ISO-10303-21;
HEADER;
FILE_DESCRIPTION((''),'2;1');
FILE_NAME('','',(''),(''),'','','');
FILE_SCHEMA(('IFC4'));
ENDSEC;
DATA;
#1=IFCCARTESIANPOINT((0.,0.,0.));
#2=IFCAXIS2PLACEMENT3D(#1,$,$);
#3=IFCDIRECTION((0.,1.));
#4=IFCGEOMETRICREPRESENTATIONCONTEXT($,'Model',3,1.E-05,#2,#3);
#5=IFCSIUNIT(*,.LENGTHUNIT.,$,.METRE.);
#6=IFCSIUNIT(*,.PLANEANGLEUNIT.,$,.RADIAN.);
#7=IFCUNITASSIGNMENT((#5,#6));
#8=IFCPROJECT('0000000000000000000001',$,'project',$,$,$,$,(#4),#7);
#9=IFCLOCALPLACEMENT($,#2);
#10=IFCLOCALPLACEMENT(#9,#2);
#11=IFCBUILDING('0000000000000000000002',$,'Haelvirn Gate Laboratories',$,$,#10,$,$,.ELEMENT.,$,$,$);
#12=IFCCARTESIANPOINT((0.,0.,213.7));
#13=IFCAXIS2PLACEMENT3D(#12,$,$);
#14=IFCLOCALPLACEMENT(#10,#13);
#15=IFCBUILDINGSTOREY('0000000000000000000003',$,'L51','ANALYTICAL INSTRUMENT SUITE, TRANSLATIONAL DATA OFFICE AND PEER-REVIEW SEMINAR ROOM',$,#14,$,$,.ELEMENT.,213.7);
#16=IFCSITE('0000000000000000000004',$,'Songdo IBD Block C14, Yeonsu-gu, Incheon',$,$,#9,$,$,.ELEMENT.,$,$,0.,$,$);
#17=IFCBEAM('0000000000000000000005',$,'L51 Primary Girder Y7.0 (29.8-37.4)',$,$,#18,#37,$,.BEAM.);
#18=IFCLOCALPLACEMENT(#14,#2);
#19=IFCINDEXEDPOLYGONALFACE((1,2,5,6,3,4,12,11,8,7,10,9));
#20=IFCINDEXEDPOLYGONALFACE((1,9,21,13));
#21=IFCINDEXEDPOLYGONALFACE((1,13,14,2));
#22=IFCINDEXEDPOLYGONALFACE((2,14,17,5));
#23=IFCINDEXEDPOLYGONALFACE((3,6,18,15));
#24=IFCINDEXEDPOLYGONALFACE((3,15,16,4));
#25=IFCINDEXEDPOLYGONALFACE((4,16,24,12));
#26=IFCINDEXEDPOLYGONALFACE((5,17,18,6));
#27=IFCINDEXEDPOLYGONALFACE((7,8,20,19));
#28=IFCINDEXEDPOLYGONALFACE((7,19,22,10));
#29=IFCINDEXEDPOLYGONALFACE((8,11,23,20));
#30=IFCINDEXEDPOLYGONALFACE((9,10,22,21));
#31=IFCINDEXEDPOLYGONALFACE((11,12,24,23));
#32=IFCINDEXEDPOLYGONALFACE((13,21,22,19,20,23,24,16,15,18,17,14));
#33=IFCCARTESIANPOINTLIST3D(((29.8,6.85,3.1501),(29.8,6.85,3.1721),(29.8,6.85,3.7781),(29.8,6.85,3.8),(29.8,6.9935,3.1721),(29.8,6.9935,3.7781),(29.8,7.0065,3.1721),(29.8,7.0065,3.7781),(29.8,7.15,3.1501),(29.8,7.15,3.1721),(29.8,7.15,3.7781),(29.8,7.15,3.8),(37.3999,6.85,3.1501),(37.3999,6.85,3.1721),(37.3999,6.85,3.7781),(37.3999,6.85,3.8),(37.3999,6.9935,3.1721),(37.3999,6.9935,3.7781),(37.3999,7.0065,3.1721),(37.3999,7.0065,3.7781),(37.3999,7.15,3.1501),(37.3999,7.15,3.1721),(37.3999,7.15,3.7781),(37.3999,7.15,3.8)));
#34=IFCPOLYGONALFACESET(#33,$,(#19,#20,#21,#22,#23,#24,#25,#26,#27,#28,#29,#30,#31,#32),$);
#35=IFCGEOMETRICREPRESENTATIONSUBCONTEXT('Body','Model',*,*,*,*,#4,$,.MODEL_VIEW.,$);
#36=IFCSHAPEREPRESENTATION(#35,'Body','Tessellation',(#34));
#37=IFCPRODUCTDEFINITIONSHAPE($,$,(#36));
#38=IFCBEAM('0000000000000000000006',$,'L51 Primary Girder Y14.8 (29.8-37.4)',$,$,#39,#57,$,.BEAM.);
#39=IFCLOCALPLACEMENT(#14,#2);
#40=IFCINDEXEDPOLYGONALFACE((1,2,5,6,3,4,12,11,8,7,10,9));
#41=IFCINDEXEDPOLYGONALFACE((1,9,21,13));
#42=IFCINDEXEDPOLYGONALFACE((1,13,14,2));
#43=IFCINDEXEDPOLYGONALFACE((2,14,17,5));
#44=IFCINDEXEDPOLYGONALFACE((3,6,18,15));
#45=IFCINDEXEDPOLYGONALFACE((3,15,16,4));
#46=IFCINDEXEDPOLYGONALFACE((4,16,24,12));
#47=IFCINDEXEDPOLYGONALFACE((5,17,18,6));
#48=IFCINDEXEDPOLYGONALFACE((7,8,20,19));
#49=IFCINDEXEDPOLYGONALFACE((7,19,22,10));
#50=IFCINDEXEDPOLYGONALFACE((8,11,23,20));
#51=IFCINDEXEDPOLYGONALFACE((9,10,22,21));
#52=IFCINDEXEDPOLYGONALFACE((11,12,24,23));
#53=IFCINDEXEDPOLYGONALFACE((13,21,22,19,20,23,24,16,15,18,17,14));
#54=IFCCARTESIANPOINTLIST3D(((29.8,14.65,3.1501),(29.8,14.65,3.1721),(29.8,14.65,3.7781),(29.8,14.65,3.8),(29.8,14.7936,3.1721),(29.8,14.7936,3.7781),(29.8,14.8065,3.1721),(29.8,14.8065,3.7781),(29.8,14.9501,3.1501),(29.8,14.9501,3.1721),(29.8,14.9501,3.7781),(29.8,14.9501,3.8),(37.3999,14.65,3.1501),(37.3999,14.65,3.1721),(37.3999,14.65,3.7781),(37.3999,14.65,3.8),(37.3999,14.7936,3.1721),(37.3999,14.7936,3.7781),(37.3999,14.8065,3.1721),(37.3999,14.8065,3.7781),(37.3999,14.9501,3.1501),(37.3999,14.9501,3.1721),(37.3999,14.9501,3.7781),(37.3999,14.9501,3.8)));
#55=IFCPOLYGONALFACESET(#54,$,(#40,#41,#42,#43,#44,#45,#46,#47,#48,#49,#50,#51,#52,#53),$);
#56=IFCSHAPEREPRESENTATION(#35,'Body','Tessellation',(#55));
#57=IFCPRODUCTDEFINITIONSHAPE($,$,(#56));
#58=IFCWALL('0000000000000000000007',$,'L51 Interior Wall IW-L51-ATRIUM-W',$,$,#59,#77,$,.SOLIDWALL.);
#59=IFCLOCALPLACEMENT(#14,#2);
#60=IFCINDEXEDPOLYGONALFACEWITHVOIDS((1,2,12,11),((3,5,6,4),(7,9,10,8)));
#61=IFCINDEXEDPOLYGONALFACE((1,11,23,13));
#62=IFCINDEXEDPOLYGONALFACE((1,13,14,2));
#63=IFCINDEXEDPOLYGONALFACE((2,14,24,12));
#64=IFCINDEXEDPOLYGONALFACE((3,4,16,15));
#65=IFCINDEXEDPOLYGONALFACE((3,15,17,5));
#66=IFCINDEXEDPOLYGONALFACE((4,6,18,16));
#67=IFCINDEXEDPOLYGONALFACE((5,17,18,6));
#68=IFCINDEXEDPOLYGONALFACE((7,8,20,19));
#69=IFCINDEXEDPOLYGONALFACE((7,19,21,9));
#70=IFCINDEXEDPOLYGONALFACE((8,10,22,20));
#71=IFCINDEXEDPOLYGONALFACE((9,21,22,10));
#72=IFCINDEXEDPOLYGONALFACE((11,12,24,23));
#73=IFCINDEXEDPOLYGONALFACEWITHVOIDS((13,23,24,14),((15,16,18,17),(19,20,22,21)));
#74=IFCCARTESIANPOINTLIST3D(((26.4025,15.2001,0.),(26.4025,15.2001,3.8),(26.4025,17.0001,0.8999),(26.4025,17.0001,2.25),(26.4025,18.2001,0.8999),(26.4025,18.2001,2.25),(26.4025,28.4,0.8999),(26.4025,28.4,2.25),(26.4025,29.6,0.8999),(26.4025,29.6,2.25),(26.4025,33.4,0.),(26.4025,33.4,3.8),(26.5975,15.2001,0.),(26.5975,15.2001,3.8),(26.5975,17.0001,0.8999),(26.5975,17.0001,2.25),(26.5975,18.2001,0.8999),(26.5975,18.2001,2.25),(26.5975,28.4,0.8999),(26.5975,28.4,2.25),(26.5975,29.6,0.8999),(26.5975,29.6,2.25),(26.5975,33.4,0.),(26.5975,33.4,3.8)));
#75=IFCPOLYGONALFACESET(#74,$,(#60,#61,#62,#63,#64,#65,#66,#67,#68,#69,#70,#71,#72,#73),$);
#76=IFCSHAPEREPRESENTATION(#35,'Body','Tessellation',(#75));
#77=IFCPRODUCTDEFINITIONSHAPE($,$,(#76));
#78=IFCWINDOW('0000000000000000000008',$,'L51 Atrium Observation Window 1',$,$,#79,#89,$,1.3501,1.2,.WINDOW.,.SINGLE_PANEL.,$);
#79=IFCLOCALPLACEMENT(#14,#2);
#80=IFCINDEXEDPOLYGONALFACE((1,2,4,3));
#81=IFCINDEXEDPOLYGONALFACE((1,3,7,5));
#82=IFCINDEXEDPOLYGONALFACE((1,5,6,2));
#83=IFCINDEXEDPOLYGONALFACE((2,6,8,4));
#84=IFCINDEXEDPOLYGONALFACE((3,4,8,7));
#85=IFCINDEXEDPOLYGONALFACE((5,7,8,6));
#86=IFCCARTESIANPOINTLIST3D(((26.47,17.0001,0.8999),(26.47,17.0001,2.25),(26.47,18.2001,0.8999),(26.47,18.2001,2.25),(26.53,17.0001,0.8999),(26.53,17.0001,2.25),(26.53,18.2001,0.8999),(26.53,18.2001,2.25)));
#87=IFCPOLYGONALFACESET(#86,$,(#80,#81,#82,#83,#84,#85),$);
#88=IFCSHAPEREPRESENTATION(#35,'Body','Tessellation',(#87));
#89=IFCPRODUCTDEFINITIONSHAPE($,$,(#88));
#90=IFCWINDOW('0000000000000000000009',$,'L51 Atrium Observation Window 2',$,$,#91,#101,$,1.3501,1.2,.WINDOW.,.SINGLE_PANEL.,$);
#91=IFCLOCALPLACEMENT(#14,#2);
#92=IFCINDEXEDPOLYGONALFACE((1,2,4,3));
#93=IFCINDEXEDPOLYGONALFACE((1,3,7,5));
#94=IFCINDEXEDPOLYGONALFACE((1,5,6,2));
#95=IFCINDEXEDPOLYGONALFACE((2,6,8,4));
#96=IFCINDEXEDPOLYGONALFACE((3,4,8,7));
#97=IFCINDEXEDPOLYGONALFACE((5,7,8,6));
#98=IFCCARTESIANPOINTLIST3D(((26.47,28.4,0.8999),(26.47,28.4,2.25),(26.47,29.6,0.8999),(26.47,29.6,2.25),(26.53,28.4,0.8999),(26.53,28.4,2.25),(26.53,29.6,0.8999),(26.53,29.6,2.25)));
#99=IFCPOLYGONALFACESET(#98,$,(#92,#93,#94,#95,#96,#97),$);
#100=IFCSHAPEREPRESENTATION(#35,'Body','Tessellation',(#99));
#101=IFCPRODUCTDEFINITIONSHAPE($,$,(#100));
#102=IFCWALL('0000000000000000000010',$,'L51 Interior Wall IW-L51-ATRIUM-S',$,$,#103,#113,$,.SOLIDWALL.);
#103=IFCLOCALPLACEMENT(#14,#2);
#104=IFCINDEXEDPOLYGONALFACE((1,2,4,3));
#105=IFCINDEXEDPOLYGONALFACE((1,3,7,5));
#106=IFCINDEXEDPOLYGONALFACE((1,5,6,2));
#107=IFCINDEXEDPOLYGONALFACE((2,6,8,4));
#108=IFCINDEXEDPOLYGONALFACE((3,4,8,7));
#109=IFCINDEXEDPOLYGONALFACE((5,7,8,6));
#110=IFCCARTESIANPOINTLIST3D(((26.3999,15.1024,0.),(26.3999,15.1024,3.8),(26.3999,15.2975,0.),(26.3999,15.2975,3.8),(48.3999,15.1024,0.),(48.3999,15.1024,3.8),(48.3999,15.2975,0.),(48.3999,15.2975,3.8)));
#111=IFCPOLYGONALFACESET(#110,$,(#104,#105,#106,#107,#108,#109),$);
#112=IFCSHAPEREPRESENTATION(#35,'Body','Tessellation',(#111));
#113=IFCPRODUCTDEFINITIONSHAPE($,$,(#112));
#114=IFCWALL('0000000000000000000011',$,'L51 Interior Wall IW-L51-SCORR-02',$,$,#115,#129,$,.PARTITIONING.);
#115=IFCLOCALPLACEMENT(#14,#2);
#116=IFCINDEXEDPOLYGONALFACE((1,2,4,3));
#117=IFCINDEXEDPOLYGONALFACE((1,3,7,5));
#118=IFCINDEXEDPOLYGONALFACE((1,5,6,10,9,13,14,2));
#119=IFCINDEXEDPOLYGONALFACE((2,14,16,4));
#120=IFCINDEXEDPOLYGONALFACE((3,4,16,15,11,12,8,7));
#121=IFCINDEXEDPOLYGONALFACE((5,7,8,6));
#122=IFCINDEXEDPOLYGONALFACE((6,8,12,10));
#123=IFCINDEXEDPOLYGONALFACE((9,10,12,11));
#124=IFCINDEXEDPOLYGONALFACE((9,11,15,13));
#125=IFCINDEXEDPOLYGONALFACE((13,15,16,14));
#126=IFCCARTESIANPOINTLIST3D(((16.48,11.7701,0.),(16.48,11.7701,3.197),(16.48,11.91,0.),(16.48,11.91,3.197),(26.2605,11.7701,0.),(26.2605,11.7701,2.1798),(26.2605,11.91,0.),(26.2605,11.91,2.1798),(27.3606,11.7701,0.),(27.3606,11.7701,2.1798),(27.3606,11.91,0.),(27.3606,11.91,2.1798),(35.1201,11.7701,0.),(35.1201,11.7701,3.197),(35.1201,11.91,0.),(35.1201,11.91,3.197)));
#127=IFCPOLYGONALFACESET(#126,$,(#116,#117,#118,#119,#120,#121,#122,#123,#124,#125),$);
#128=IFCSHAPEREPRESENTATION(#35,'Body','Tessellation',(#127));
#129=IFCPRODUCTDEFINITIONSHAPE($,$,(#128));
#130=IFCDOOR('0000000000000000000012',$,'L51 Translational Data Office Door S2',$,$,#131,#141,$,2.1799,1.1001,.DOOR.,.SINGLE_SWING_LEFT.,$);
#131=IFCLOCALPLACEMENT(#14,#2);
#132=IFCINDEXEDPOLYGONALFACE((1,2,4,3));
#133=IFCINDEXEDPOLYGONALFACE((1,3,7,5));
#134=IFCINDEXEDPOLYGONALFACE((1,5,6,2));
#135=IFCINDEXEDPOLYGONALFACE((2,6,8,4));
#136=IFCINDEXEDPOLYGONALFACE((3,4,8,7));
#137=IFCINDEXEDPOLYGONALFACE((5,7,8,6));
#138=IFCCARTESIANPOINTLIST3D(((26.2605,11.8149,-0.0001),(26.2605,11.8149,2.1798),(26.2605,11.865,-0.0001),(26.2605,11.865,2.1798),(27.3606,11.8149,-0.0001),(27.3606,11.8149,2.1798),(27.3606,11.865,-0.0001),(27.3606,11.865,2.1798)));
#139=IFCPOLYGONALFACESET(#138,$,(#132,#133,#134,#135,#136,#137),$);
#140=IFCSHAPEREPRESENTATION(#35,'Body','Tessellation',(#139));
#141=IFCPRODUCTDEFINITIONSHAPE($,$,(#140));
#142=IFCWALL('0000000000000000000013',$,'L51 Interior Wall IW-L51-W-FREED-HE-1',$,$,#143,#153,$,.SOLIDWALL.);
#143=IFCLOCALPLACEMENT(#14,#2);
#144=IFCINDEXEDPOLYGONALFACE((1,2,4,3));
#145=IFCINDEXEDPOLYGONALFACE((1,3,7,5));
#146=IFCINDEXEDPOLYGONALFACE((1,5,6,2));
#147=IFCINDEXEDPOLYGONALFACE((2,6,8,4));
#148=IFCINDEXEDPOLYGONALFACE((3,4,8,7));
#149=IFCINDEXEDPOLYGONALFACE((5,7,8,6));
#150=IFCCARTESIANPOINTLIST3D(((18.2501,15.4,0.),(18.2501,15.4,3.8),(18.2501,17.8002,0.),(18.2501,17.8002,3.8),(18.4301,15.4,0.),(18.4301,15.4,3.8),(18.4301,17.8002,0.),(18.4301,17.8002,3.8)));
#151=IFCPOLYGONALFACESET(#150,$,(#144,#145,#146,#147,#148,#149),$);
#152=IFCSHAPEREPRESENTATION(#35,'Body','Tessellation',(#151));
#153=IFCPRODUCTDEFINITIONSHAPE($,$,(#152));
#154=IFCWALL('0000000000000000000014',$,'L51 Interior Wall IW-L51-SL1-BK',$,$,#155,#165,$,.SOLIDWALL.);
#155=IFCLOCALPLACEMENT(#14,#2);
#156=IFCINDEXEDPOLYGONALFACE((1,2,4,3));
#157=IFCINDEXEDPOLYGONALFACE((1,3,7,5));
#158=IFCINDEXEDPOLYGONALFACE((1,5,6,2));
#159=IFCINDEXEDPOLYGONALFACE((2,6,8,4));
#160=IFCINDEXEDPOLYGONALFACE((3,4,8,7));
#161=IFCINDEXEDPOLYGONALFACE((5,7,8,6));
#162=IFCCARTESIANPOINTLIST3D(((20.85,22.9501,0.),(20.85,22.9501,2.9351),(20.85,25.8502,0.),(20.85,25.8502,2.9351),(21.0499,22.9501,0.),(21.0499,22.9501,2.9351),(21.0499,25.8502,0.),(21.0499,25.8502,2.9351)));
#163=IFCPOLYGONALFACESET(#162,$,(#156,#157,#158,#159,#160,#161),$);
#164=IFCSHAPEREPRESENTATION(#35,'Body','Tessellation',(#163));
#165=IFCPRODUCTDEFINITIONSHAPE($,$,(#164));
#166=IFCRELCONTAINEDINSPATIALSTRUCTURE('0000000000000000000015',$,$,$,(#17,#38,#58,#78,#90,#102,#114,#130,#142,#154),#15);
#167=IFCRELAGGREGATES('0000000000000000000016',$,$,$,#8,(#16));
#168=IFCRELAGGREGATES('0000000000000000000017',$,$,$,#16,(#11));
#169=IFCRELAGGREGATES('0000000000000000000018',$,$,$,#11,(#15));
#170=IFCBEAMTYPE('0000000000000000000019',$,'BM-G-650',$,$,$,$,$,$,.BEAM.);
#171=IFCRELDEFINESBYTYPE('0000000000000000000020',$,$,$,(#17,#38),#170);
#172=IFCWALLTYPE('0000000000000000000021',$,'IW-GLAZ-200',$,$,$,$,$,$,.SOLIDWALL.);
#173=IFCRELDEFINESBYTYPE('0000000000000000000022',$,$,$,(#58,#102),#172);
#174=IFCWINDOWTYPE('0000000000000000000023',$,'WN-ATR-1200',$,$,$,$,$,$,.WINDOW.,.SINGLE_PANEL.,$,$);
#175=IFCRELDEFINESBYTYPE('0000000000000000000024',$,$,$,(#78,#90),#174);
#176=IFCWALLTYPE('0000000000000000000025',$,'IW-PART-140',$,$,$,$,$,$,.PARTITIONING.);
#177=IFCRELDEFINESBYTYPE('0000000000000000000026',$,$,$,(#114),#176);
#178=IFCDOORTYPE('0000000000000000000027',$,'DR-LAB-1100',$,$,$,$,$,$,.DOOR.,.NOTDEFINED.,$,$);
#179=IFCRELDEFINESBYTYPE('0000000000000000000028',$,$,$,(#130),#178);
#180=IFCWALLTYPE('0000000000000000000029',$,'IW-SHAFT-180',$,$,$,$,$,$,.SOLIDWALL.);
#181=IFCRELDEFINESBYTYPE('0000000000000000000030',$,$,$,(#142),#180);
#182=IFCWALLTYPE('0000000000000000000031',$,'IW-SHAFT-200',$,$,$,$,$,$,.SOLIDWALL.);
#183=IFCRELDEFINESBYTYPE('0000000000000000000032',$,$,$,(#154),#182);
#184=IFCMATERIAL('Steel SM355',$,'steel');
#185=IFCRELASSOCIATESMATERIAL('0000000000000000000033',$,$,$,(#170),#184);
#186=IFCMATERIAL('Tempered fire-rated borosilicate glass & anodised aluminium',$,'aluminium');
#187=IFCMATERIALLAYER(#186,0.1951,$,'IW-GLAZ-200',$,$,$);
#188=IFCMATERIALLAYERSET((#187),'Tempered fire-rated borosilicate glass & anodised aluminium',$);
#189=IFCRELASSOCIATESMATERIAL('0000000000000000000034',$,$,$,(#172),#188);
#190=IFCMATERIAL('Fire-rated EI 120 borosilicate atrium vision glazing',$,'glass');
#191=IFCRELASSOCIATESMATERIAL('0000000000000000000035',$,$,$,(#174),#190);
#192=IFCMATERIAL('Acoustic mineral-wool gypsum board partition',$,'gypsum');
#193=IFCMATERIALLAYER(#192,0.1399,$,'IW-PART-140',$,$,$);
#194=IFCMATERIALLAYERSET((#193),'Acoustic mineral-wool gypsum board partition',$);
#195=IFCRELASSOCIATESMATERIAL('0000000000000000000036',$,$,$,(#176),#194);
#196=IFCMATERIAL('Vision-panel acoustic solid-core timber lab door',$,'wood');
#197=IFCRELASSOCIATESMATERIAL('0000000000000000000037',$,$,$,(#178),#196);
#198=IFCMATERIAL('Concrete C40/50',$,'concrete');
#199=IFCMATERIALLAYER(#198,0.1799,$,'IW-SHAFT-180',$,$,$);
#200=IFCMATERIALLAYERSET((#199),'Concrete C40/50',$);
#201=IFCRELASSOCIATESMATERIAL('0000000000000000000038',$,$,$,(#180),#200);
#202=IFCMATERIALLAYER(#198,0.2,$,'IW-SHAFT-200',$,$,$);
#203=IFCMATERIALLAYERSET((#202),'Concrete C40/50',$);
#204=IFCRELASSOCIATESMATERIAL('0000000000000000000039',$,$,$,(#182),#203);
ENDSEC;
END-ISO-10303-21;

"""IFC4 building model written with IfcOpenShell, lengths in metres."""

from ifc_helpers import new_model, si_unit, direction, frame, frame_2d, origin, origin_2d, place, context, subcontext, project, spatial, rectangle, i_section, extrude, source, transform, mapped, material, layer, layer_set, material_profile, profile_set, type_object, type_shapes, element, fill, save


model = new_model("IFC4")

# Units and contexts
model_context = context("Model", 3, precision=1e-05, world=origin(), true_north=direction((0.0, 1.0)))
body_context = subcontext(model_context, "Body", "Model", "MODEL_VIEW")
ifc_project = project(units=[si_unit("LENGTHUNIT", "METRE"), si_unit("PLANEANGLEUNIT", "RADIAN")], contexts=[model_context])

# Site, building, storey
site_placement = place(None, origin())
site = spatial("IfcSite", under=ifc_project, at=site_placement, Name="Songdo IBD Block C14, Yeonsu-gu, Incheon", CompositionType="ELEMENT", RefElevation=0.0)
building_placement = place(site_placement, origin())
building = spatial("IfcBuilding", under=site, at=building_placement, Name="Haelvirn Gate Laboratories", CompositionType="ELEMENT")
storey_placement = place(building_placement, frame((0.0, 0.0, 213.7)))
storey = spatial("IfcBuildingStorey", under=building, at=storey_placement, Name="L51", Description="ANALYTICAL INSTRUMENT SUITE, TRANSLATIONAL DATA OFFICE AND PEER-REVIEW SEMINAR ROOM", CompositionType="ELEMENT", Elevation=213.7)

# Shared definitions
ifc_material_1 = material(Name="Steel SM355", Category="steel")

# Beams
ifc_material_profile_1 = material_profile(ifc_material_1, i_section(OverallWidth=0.3, OverallDepth=0.6499, WebThickness=0.0129, FlangeThickness=0.022, at=origin_2d()), Name="H-650x300x13x22")
ifc_profile_set_1 = profile_set([ifc_material_profile_1], Name="Steel SM355")
beam_type_1 = type_object("IfcBeamType", Name="BM-G-650", PredefinedType="BEAM", material=ifc_profile_set_1)
shared_shape_1 = source(origin(), body_context, "Body", "SweptSolid", [
    extrude(i_section(OverallWidth=0.3, OverallDepth=0.6499, WebThickness=0.0129, FlangeThickness=0.022, at=origin_2d()), origin(), (0.0, 0.0, 1.0), 7.5999),
])
for number, where, z_axis, x_axis, name in (
    (1, (29.8, 7.0, 3.4751), (1.0, 0.0, 0.0), (0.0, 1.0, 0.0), "L51 Primary Girder Y7.0 (29.8-37.4)"),
    (2, (29.8, 14.8, 3.4751), (1.0, 0.0, 0.0), (0.0, 1.0, 0.0), "L51 Primary Girder Y14.8 (29.8-37.4)"),
):
    element("IfcBeam", number, at=place(storey_placement, frame(where, z_axis=z_axis, x_axis=x_axis)), inside=storey, type_object=beam_type_1, Name=name, PredefinedType="BEAM", context=body_context, shape_type="MappedRepresentation", body=[
        mapped(shared_shape_1, transform((0.0, 0.0, 0.0), scale=1.0)),
    ])

# Wall, openings, windows
ifc_material_2 = material(Name="Tempered fire-rated borosilicate glass & anodised aluminium", Category="aluminium")
ifc_layer_1 = layer(ifc_material_2, 0.1951, Name="IW-GLAZ-200")
ifc_layer_set_1 = layer_set([ifc_layer_1], Name="Tempered fire-rated borosilicate glass & anodised aluminium")
wall_type_1 = type_object("IfcWallType", Name="IW-GLAZ-200", PredefinedType="SOLIDWALL", material=ifc_layer_set_1)
wall_1_placement = place(storey_placement, frame((26.5, 15.2, 0.0), z_axis=(0.0, 0.0, 1.0), x_axis=(0.0, 1.0, 0.0)))
wall_1 = element("IfcWall", 3, at=wall_1_placement, inside=storey, type_object=wall_type_1, Name="L51 Interior Wall IW-L51-ATRIUM-W", PredefinedType="SOLIDWALL", context=body_context, shape_type="SweptSolid", body=[
    extrude(rectangle(XDim=18.2, YDim=0.1951, at=frame_2d((9.1001, 0.0))), origin(), (0.0, 0.0, 1.0), 3.8),
])
opening_1_placement = place(wall_1_placement, frame((1.8, 0.0, 0.8999)))
opening_1 = element("IfcOpeningElement", 4, at=opening_1_placement, cuts=wall_1, PredefinedType="OPENING", context=body_context, shape_type="SweptSolid", body=[
    extrude(rectangle(XDim=1.2, YDim=1.3501, at=frame_2d((0.6001, 0.675))), frame((0.0, 0.1074, 0.0), z_axis=(0.0, -1.0, 0.0), x_axis=(1.0, 0.0, 0.0)), (0.0, 0.0, 1.0), 0.2151),
])
opening_2_placement = place(wall_1_placement, frame((13.2, 0.0, 0.8999)))
opening_2 = element("IfcOpeningElement", 5, at=opening_2_placement, cuts=wall_1, PredefinedType="OPENING", context=body_context, shape_type="SweptSolid", body=[
    extrude(rectangle(XDim=1.2, YDim=1.3501, at=frame_2d((0.6001, 0.675))), frame((0.0, 0.1074, 0.0), z_axis=(0.0, -1.0, 0.0), x_axis=(1.0, 0.0, 0.0)), (0.0, 0.0, 1.0), 0.2151),
])
ifc_material_3 = material(Name="Fire-rated EI 120 borosilicate atrium vision glazing", Category="glass")
window_type = type_object("IfcWindowType", Name="WN-ATR-1200", PartitioningType="SINGLE_PANEL", PredefinedType="WINDOW", material=ifc_material_3)
shared_shape_2 = source(origin(), body_context, "Body", "SweptSolid", [
    extrude(rectangle(XDim=1.2, YDim=1.3501, at=frame_2d((0.6001, 0.675))), frame((0.0, 0.03, 0.0), z_axis=(0.0, -1.0, 0.0), x_axis=(1.0, 0.0, 0.0)), (0.0, 0.0, 1.0), 0.0601),
])
type_shapes(window_type, [shared_shape_2])
window_1_placement = place(opening_1_placement, origin())
window_1 = element("IfcWindow", 6, at=window_1_placement, inside=storey, type_object=window_type, Name="L51 Atrium Observation Window 1", OverallHeight=1.3501, OverallWidth=1.2, PartitioningType="SINGLE_PANEL", PredefinedType="WINDOW", context=body_context, shape_type="MappedRepresentation", body=[
    mapped(shared_shape_2, transform((0.0, 0.0, 0.0), scale=1.0)),
])
fill(opening_1, window_1)
window_2_placement = place(opening_2_placement, origin())
window_2 = element("IfcWindow", 7, at=window_2_placement, inside=storey, type_object=window_type, Name="L51 Atrium Observation Window 2", OverallHeight=1.3501, OverallWidth=1.2, PartitioningType="SINGLE_PANEL", PredefinedType="WINDOW", context=body_context, shape_type="MappedRepresentation", body=[
    mapped(shared_shape_2, transform((0.0, 0.0, 0.0), scale=1.0)),
])
fill(opening_2, window_2)

# Wall
wall_2_placement = place(storey_placement, frame((26.3999, 15.2, 0.0), z_axis=(0.0, 0.0, 1.0), x_axis=(1.0, 0.0, 0.0)))
element("IfcWall", 8, at=wall_2_placement, inside=storey, type_object=wall_type_1, Name="L51 Interior Wall IW-L51-ATRIUM-S", PredefinedType="SOLIDWALL", context=body_context, shape_type="SweptSolid", body=[
    extrude(rectangle(XDim=22.0, YDim=0.1951, at=frame_2d((11.0, 0.0))), origin(), (0.0, 0.0, 1.0), 3.8),
])

# Wall, opening, door
ifc_material_4 = material(Name="Acoustic mineral-wool gypsum board partition", Category="gypsum")
ifc_layer_2 = layer(ifc_material_4, 0.1399, Name="IW-PART-140")
ifc_layer_set_2 = layer_set([ifc_layer_2], Name="Acoustic mineral-wool gypsum board partition")
wall_type_2 = type_object("IfcWallType", Name="IW-PART-140", PredefinedType="PARTITIONING", material=ifc_layer_set_2)
wall_3_placement = place(storey_placement, frame((16.48, 11.8401, 0.0), z_axis=(0.0, 0.0, 1.0), x_axis=(1.0, 0.0, 0.0)))
wall_3 = element("IfcWall", 9, at=wall_3_placement, inside=storey, type_object=wall_type_2, Name="L51 Interior Wall IW-L51-SCORR-02", PredefinedType="PARTITIONING", context=body_context, shape_type="SweptSolid", body=[
    extrude(rectangle(XDim=18.6401, YDim=0.1399, at=frame_2d((9.3201, 0.0))), origin(), (0.0, 0.0, 1.0), 3.197),
])
opening_3_placement = place(wall_3_placement, frame((9.7805, 0.0, 0.0)))
opening_3 = element("IfcOpeningElement", 10, at=opening_3_placement, cuts=wall_3, PredefinedType="OPENING", context=body_context, shape_type="SweptSolid", body=[
    extrude(rectangle(XDim=1.1001, YDim=2.1799, at=frame_2d((0.55, 1.0898))), frame((0.0, 0.0801, 0.0), z_axis=(0.0, -1.0, 0.0), x_axis=(1.0, 0.0, 0.0)), (0.0, 0.0, 1.0), 0.1599),
])
ifc_material_5 = material(Name="Vision-panel acoustic solid-core timber lab door", Category="wood")
door_type_1 = type_object("IfcDoorType", Name="DR-LAB-1100", OperationType="NOTDEFINED", PredefinedType="DOOR", material=ifc_material_5)
shared_shape_3 = source(origin(), body_context, "Body", "SweptSolid", [
    extrude(rectangle(XDim=1.1001, YDim=2.1799, at=frame_2d((0.55, 1.0898))), frame((0.0, 0.0249, 0.0), z_axis=(0.0, -1.0, 0.0), x_axis=(1.0, 0.0, 0.0)), (0.0, 0.0, 1.0), 0.05),
])
type_shapes(door_type_1, [shared_shape_3])
door_1_placement = place(opening_3_placement, origin())
door_1 = element("IfcDoor", 11, at=door_1_placement, inside=storey, type_object=door_type_1, Name="L51 Translational Data Office Door S2", OperationType="SINGLE_SWING_LEFT", OverallHeight=2.1799, OverallWidth=1.1001, PredefinedType="DOOR", context=body_context, shape_type="MappedRepresentation", body=[
    mapped(shared_shape_3, transform((0.0, 0.0, 0.0), scale=1.0)),
])
fill(opening_3, door_1)

# Walls
ifc_material_6 = material(Name="Concrete C40/50", Category="concrete")
ifc_layer_3 = layer(ifc_material_6, 0.1799, Name="IW-SHAFT-180")
ifc_layer_set_3 = layer_set([ifc_layer_3], Name="Concrete C40/50")
wall_type_3 = type_object("IfcWallType", Name="IW-SHAFT-180", PredefinedType="SOLIDWALL", material=ifc_layer_set_3)
wall_4_placement = place(storey_placement, frame((18.3401, 15.3999, 0.0), z_axis=(0.0, 0.0, 1.0), x_axis=(0.0, 1.0, 0.0)))
element("IfcWall", 12, at=wall_4_placement, inside=storey, type_object=wall_type_3, Name="L51 Interior Wall IW-L51-W-FREED-HE-1", PredefinedType="SOLIDWALL", context=body_context, shape_type="SweptSolid", body=[
    extrude(rectangle(XDim=2.4001, YDim=0.1799, at=frame_2d((1.2002, 0.0))), origin(), (0.0, 0.0, 1.0), 3.8),
])
ifc_layer_4 = layer(ifc_material_6, 0.2, Name="IW-SHAFT-200")
ifc_layer_set_4 = layer_set([ifc_layer_4], Name="Concrete C40/50")
wall_type_4 = type_object("IfcWallType", Name="IW-SHAFT-200", PredefinedType="SOLIDWALL", material=ifc_layer_set_4)
wall_5_placement = place(storey_placement, frame((20.95, 22.95, 0.0), z_axis=(0.0, 0.0, 1.0), x_axis=(0.0, 1.0, 0.0)))
element("IfcWall", 13, at=wall_5_placement, inside=storey, type_object=wall_type_4, Name="L51 Interior Wall IW-L51-SL1-BK", PredefinedType="SOLIDWALL", context=body_context, shape_type="SweptSolid", body=[
    extrude(rectangle(XDim=2.9001, YDim=0.2, at=frame_2d((1.4502, 0.0))), origin(), (0.0, 0.0, 1.0), 2.9351),
])

save(model, "model.ifc")
